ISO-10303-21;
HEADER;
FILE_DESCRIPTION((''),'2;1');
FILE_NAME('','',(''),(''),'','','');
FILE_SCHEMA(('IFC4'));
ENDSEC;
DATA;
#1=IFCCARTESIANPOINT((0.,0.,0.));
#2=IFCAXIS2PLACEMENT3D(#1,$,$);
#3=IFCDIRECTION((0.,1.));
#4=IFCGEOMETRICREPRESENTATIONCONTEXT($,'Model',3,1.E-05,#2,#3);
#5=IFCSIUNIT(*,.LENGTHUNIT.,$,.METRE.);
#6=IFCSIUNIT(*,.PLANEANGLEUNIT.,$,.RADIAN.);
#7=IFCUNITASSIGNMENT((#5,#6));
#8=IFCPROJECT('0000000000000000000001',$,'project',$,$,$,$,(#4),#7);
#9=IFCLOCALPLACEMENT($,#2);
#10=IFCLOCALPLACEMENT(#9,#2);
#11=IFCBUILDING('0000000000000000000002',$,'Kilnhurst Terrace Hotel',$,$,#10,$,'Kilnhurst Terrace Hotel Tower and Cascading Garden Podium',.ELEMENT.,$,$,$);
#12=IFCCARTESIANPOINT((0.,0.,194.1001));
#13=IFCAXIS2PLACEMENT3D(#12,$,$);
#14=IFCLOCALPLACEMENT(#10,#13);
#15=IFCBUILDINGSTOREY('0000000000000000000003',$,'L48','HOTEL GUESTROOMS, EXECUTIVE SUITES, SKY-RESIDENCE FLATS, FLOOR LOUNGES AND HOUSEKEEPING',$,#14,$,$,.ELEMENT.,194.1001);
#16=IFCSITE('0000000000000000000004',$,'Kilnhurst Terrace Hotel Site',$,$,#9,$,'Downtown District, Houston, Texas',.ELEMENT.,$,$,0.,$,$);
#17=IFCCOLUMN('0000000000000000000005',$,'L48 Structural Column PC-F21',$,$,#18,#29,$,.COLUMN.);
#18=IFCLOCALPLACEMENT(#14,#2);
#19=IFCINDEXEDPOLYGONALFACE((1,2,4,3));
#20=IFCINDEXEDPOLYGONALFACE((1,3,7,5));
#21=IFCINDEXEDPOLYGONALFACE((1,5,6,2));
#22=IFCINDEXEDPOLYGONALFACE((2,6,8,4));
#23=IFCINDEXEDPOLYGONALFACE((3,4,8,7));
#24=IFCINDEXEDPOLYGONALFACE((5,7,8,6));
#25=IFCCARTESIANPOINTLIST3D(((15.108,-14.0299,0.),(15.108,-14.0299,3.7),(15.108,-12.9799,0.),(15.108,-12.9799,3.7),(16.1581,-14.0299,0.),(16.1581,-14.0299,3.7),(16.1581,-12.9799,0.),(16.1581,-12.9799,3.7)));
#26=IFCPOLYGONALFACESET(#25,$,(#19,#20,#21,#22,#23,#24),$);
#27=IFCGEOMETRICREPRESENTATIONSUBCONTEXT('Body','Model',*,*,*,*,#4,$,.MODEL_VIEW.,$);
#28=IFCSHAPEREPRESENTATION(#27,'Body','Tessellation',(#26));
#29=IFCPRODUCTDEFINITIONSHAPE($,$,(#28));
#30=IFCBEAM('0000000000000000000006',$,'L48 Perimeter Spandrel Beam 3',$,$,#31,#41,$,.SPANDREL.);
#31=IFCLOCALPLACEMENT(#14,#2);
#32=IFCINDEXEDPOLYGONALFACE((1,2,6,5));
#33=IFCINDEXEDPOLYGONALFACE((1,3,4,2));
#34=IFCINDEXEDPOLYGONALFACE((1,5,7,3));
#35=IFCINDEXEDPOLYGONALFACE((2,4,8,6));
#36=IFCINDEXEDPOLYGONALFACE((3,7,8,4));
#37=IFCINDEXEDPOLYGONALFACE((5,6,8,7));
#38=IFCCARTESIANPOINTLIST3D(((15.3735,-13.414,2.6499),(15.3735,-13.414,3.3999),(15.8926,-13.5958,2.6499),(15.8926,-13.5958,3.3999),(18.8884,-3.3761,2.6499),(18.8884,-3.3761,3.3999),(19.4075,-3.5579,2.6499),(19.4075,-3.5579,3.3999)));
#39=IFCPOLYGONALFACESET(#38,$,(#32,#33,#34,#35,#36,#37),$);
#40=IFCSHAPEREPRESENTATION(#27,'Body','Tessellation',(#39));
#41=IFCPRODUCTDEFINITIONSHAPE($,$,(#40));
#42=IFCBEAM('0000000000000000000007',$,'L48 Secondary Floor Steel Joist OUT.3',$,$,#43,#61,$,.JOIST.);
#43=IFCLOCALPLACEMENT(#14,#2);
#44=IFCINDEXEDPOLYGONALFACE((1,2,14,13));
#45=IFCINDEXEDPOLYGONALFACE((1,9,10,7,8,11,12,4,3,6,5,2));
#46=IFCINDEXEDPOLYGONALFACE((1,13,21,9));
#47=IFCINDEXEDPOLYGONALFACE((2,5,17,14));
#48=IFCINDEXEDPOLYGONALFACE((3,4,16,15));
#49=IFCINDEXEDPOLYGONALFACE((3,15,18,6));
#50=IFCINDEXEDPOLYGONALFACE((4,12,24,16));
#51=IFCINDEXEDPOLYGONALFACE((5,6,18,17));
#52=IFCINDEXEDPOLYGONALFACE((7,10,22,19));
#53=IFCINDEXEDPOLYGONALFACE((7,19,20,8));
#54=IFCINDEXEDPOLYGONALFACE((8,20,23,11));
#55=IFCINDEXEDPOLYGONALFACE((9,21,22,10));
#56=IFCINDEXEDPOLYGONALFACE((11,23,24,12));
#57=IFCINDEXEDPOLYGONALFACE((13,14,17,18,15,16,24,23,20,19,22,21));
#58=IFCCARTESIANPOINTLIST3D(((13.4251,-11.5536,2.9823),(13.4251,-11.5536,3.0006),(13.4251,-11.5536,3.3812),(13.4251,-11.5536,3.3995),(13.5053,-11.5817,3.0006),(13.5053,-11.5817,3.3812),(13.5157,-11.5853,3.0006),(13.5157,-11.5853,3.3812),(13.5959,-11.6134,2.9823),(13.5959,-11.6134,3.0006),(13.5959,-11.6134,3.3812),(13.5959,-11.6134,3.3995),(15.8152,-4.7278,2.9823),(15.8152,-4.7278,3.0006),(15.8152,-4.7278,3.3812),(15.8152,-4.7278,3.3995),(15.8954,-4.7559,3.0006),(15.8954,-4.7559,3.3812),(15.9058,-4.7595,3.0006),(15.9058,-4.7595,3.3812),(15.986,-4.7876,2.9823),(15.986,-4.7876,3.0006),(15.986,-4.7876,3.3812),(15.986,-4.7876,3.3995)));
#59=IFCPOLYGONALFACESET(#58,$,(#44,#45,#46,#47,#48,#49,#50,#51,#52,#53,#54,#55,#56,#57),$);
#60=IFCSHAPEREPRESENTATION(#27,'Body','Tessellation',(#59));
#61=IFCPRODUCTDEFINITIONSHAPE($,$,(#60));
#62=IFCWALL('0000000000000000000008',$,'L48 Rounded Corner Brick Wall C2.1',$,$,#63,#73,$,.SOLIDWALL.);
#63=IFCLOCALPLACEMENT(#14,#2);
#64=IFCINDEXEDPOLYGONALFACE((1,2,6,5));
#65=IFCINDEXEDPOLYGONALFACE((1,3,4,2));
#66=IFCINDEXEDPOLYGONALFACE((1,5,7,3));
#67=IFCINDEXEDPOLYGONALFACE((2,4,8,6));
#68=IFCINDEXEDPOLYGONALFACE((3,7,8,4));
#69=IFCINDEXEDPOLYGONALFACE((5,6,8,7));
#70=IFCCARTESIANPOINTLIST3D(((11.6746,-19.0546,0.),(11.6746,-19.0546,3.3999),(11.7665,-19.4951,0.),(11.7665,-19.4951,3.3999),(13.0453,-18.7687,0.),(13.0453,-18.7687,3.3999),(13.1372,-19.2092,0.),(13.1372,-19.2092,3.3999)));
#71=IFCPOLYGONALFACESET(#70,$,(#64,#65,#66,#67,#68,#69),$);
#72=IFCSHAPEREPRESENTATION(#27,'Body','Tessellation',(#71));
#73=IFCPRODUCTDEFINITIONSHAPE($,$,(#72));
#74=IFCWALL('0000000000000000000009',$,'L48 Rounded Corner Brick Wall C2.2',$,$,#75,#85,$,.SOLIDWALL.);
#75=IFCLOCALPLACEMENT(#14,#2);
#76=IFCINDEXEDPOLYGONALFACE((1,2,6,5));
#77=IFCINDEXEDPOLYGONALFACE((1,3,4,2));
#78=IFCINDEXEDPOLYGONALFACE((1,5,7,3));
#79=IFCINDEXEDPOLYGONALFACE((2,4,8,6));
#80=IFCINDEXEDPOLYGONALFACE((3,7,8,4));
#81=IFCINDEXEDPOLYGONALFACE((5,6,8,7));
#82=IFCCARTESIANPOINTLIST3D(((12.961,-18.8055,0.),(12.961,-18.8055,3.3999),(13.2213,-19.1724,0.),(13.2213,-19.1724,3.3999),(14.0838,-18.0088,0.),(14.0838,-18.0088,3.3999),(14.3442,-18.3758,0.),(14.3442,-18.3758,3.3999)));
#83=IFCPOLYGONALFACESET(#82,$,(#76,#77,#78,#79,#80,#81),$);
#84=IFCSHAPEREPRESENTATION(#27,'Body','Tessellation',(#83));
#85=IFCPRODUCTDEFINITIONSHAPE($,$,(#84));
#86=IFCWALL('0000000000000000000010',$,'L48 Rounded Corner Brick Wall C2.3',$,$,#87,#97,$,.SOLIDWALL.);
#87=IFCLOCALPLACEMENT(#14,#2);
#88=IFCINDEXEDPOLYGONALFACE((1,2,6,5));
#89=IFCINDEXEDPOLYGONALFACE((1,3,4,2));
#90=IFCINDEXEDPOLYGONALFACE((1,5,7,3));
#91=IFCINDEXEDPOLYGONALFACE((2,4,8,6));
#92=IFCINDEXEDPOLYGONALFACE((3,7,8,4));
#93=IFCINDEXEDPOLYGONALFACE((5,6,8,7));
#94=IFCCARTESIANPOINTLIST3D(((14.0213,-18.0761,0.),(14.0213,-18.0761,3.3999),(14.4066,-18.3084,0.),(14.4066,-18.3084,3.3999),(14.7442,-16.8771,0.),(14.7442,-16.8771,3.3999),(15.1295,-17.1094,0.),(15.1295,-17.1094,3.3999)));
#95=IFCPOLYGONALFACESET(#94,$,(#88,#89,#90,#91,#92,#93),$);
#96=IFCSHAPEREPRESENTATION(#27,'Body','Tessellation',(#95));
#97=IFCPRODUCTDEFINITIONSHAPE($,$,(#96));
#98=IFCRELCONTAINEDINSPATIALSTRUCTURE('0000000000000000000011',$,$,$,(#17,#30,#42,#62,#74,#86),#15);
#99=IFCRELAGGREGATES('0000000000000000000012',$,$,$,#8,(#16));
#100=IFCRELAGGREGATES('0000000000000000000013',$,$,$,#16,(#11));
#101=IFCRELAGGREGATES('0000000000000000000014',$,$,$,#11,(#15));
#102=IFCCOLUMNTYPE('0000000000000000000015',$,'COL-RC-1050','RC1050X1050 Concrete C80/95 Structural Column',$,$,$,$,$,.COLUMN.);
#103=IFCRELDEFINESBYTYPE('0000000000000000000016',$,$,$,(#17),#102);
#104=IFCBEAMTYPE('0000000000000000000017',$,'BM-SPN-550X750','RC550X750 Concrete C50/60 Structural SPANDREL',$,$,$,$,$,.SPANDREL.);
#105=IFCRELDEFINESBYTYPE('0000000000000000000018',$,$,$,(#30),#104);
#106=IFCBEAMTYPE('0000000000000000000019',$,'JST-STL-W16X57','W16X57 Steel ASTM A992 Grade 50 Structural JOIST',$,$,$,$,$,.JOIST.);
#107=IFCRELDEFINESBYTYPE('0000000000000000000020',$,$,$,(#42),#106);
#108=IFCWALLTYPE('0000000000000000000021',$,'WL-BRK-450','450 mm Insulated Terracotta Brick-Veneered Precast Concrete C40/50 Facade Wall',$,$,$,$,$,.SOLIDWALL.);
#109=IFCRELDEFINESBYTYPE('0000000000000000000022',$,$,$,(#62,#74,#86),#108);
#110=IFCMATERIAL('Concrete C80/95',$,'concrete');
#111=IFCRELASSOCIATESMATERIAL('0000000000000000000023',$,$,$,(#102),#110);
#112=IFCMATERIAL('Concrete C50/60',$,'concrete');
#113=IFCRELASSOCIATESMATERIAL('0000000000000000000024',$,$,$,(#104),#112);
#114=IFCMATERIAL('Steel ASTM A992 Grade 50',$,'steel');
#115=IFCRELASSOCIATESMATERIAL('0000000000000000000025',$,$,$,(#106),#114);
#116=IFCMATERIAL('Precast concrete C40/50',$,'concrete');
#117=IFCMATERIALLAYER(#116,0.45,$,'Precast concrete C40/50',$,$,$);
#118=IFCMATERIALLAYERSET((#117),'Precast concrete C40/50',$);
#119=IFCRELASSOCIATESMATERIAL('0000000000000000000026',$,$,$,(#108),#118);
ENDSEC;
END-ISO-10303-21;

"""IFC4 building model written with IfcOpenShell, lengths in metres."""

from ifc_helpers import new_model, si_unit, direction, frame, frame_2d, origin, origin_2d, place, context, subcontext, project, spatial, rectangle, i_section, extrude, material, layer, layer_set, material_profile, profile_set, type_object, element, save


model = new_model("IFC4")

# Units and contexts
model_context = context("Model", 3, precision=1e-05, world=origin(), true_north=direction((0.0, 1.0)))
body_context = subcontext(model_context, "Body", "Model", "MODEL_VIEW")
ifc_project = project(units=[si_unit("LENGTHUNIT", "METRE"), si_unit("PLANEANGLEUNIT", "RADIAN")], contexts=[model_context])

# Site, building, storey
site_placement = place(None, origin())
site = spatial("IfcSite", under=ifc_project, at=site_placement, Name="Kilnhurst Terrace Hotel Site", LongName="Downtown District, Houston, Texas", CompositionType="ELEMENT", RefElevation=0.0)
building_placement = place(site_placement, origin())
building = spatial("IfcBuilding", under=site, at=building_placement, Name="Kilnhurst Terrace Hotel", LongName="Kilnhurst Terrace Hotel Tower and Cascading Garden Podium", CompositionType="ELEMENT")
storey_placement = place(building_placement, frame((0.0, 0.0, 194.1001)))
storey = spatial("IfcBuildingStorey", under=building, at=storey_placement, Name="L48", Description="HOTEL GUESTROOMS, EXECUTIVE SUITES, SKY-RESIDENCE FLATS, FLOOR LOUNGES AND HOUSEKEEPING", CompositionType="ELEMENT", Elevation=194.1001)

# Column
ifc_material_1 = material(Name="Concrete C80/95", Category="concrete")
ifc_material_profile_1 = material_profile(ifc_material_1, rectangle(XDim=1.05, YDim=1.05, at=origin_2d()), Name="RC1050X1050")
ifc_profile_set_1 = profile_set([ifc_material_profile_1], Name="Concrete C80/95")
column_type = type_object("IfcColumnType", Name="COL-RC-1050", Description="RC1050X1050 Concrete C80/95 Structural Column", PredefinedType="COLUMN", material=ifc_profile_set_1)
column_placement = place(storey_placement, frame((15.6331, -13.5049, 0.0), z_axis=(0.0, 0.0, 1.0), x_axis=(1.0, 0.0, 0.0)))
element("IfcColumn", 1, at=column_placement, inside=storey, type_object=column_type, Name="L48 Structural Column PC-F21", PredefinedType="COLUMN", context=body_context, shape_type="SweptSolid", body=[
    extrude(rectangle(XDim=1.05, YDim=1.05, at=origin_2d()), origin(), (0.0, 0.0, 1.0), 3.7),
])

# Beams
ifc_material_2 = material(Name="Concrete C50/60", Category="concrete")
ifc_material_profile_2 = material_profile(ifc_material_2, rectangle(XDim=0.55, YDim=0.75, at=origin_2d()), Name="RC550X750")
ifc_profile_set_2 = profile_set([ifc_material_profile_2], Name="Concrete C50/60")
beam_type_1 = type_object("IfcBeamType", Name="BM-SPN-550X750", Description="RC550X750 Concrete C50/60 Structural SPANDREL", PredefinedType="SPANDREL", material=ifc_profile_set_2)
beam_1_placement = place(storey_placement, frame((15.6331, -13.5049, 3.0249), z_axis=(0.330488, 0.94381, 0.0), x_axis=(-0.94381, 0.330488, 0.0)))
element("IfcBeam", 2, at=beam_1_placement, inside=storey, type_object=beam_type_1, Name="L48 Perimeter Spandrel Beam 3", PredefinedType="SPANDREL", context=body_context, shape_type="SweptSolid", body=[
    extrude(rectangle(XDim=0.55, YDim=0.75, at=origin_2d()), origin(), (0.0, 0.0, 1.0), 10.6355),
])
ifc_material_3 = material(Name="Steel ASTM A992 Grade 50", Category="steel")
ifc_material_profile_3 = material_profile(ifc_material_3, i_section(OverallWidth=0.1809, OverallDepth=0.4172, WebThickness=0.011, FlangeThickness=0.0183, at=origin_2d()), Name="W16X57")
ifc_profile_set_3 = profile_set([ifc_material_profile_3], Name="Steel ASTM A992 Grade 50")
beam_type_2 = type_object("IfcBeamType", Name="JST-STL-W16X57", Description="W16X57 Steel ASTM A992 Grade 50 Structural JOIST", PredefinedType="JOIST", material=ifc_profile_set_3)
beam_2_placement = place(storey_placement, frame((13.5105, -11.5835, 3.1909), z_axis=(0.330481, 0.943813, 0.0), x_axis=(-0.943813, 0.330481, 0.0)))
element("IfcBeam", 3, at=beam_2_placement, inside=storey, type_object=beam_type_2, Name="L48 Secondary Floor Steel Joist OUT.3", PredefinedType="JOIST", context=body_context, shape_type="SweptSolid", body=[
    extrude(i_section(OverallWidth=0.1809, OverallDepth=0.4172, WebThickness=0.011, FlangeThickness=0.0183, at=origin_2d()), origin(), (0.0, 0.0, 1.0), 7.2322),
])

# Walls
ifc_material_4 = material(Name="Precast concrete C40/50", Category="concrete")
ifc_layer_1 = layer(ifc_material_4, 0.45, Name="Precast concrete C40/50")
ifc_layer_set_1 = layer_set([ifc_layer_1], Name="Precast concrete C40/50")
wall_type_1 = type_object("IfcWallType", Name="WL-BRK-450", Description="450 mm Insulated Terracotta Brick-Veneered Precast Concrete C40/50 Facade Wall", PredefinedType="SOLIDWALL", material=ifc_layer_set_1)
wall_1_placement = place(storey_placement, frame((11.7205, -19.2749, 0.0), z_axis=(0.0, 0.0, 1.0), x_axis=(0.978931, 0.204191, 0.0)))
element("IfcWall", 4, at=wall_1_placement, inside=storey, type_object=wall_type_1, Name="L48 Rounded Corner Brick Wall C2.1", PredefinedType="SOLIDWALL", context=body_context, shape_type="SweptSolid", body=[
    extrude(rectangle(XDim=1.4001, YDim=0.45, at=frame_2d((0.7002, 0.0))), origin(), (0.0, 0.0, 1.0), 3.3999),
])
wall_2_placement = place(storey_placement, frame((13.0911, -18.989, 0.0), z_axis=(0.0, 0.0, 1.0), x_axis=(0.815575, 0.578652, 0.0)))
element("IfcWall", 5, at=wall_2_placement, inside=storey, type_object=wall_type_1, Name="L48 Rounded Corner Brick Wall C2.2", PredefinedType="SOLIDWALL", context=body_context, shape_type="SweptSolid", body=[
    extrude(rectangle(XDim=1.3767, YDim=0.45, at=frame_2d((0.6885, 0.0))), origin(), (0.0, 0.0, 1.0), 3.3999),
])
wall_3_placement = place(storey_placement, frame((14.2139, -18.1924, 0.0), z_axis=(0.0, 0.0, 1.0), x_axis=(0.516341, 0.856383, 0.0)))
element("IfcWall", 6, at=wall_3_placement, inside=storey, type_object=wall_type_1, Name="L48 Rounded Corner Brick Wall C2.3", PredefinedType="SOLIDWALL", context=body_context, shape_type="SweptSolid", body=[
    extrude(rectangle(XDim=1.4001, YDim=0.45, at=frame_2d((0.7002, 0.0))), origin(), (0.0, 0.0, 1.0), 3.3999),
])

save(model, "model.ifc")
